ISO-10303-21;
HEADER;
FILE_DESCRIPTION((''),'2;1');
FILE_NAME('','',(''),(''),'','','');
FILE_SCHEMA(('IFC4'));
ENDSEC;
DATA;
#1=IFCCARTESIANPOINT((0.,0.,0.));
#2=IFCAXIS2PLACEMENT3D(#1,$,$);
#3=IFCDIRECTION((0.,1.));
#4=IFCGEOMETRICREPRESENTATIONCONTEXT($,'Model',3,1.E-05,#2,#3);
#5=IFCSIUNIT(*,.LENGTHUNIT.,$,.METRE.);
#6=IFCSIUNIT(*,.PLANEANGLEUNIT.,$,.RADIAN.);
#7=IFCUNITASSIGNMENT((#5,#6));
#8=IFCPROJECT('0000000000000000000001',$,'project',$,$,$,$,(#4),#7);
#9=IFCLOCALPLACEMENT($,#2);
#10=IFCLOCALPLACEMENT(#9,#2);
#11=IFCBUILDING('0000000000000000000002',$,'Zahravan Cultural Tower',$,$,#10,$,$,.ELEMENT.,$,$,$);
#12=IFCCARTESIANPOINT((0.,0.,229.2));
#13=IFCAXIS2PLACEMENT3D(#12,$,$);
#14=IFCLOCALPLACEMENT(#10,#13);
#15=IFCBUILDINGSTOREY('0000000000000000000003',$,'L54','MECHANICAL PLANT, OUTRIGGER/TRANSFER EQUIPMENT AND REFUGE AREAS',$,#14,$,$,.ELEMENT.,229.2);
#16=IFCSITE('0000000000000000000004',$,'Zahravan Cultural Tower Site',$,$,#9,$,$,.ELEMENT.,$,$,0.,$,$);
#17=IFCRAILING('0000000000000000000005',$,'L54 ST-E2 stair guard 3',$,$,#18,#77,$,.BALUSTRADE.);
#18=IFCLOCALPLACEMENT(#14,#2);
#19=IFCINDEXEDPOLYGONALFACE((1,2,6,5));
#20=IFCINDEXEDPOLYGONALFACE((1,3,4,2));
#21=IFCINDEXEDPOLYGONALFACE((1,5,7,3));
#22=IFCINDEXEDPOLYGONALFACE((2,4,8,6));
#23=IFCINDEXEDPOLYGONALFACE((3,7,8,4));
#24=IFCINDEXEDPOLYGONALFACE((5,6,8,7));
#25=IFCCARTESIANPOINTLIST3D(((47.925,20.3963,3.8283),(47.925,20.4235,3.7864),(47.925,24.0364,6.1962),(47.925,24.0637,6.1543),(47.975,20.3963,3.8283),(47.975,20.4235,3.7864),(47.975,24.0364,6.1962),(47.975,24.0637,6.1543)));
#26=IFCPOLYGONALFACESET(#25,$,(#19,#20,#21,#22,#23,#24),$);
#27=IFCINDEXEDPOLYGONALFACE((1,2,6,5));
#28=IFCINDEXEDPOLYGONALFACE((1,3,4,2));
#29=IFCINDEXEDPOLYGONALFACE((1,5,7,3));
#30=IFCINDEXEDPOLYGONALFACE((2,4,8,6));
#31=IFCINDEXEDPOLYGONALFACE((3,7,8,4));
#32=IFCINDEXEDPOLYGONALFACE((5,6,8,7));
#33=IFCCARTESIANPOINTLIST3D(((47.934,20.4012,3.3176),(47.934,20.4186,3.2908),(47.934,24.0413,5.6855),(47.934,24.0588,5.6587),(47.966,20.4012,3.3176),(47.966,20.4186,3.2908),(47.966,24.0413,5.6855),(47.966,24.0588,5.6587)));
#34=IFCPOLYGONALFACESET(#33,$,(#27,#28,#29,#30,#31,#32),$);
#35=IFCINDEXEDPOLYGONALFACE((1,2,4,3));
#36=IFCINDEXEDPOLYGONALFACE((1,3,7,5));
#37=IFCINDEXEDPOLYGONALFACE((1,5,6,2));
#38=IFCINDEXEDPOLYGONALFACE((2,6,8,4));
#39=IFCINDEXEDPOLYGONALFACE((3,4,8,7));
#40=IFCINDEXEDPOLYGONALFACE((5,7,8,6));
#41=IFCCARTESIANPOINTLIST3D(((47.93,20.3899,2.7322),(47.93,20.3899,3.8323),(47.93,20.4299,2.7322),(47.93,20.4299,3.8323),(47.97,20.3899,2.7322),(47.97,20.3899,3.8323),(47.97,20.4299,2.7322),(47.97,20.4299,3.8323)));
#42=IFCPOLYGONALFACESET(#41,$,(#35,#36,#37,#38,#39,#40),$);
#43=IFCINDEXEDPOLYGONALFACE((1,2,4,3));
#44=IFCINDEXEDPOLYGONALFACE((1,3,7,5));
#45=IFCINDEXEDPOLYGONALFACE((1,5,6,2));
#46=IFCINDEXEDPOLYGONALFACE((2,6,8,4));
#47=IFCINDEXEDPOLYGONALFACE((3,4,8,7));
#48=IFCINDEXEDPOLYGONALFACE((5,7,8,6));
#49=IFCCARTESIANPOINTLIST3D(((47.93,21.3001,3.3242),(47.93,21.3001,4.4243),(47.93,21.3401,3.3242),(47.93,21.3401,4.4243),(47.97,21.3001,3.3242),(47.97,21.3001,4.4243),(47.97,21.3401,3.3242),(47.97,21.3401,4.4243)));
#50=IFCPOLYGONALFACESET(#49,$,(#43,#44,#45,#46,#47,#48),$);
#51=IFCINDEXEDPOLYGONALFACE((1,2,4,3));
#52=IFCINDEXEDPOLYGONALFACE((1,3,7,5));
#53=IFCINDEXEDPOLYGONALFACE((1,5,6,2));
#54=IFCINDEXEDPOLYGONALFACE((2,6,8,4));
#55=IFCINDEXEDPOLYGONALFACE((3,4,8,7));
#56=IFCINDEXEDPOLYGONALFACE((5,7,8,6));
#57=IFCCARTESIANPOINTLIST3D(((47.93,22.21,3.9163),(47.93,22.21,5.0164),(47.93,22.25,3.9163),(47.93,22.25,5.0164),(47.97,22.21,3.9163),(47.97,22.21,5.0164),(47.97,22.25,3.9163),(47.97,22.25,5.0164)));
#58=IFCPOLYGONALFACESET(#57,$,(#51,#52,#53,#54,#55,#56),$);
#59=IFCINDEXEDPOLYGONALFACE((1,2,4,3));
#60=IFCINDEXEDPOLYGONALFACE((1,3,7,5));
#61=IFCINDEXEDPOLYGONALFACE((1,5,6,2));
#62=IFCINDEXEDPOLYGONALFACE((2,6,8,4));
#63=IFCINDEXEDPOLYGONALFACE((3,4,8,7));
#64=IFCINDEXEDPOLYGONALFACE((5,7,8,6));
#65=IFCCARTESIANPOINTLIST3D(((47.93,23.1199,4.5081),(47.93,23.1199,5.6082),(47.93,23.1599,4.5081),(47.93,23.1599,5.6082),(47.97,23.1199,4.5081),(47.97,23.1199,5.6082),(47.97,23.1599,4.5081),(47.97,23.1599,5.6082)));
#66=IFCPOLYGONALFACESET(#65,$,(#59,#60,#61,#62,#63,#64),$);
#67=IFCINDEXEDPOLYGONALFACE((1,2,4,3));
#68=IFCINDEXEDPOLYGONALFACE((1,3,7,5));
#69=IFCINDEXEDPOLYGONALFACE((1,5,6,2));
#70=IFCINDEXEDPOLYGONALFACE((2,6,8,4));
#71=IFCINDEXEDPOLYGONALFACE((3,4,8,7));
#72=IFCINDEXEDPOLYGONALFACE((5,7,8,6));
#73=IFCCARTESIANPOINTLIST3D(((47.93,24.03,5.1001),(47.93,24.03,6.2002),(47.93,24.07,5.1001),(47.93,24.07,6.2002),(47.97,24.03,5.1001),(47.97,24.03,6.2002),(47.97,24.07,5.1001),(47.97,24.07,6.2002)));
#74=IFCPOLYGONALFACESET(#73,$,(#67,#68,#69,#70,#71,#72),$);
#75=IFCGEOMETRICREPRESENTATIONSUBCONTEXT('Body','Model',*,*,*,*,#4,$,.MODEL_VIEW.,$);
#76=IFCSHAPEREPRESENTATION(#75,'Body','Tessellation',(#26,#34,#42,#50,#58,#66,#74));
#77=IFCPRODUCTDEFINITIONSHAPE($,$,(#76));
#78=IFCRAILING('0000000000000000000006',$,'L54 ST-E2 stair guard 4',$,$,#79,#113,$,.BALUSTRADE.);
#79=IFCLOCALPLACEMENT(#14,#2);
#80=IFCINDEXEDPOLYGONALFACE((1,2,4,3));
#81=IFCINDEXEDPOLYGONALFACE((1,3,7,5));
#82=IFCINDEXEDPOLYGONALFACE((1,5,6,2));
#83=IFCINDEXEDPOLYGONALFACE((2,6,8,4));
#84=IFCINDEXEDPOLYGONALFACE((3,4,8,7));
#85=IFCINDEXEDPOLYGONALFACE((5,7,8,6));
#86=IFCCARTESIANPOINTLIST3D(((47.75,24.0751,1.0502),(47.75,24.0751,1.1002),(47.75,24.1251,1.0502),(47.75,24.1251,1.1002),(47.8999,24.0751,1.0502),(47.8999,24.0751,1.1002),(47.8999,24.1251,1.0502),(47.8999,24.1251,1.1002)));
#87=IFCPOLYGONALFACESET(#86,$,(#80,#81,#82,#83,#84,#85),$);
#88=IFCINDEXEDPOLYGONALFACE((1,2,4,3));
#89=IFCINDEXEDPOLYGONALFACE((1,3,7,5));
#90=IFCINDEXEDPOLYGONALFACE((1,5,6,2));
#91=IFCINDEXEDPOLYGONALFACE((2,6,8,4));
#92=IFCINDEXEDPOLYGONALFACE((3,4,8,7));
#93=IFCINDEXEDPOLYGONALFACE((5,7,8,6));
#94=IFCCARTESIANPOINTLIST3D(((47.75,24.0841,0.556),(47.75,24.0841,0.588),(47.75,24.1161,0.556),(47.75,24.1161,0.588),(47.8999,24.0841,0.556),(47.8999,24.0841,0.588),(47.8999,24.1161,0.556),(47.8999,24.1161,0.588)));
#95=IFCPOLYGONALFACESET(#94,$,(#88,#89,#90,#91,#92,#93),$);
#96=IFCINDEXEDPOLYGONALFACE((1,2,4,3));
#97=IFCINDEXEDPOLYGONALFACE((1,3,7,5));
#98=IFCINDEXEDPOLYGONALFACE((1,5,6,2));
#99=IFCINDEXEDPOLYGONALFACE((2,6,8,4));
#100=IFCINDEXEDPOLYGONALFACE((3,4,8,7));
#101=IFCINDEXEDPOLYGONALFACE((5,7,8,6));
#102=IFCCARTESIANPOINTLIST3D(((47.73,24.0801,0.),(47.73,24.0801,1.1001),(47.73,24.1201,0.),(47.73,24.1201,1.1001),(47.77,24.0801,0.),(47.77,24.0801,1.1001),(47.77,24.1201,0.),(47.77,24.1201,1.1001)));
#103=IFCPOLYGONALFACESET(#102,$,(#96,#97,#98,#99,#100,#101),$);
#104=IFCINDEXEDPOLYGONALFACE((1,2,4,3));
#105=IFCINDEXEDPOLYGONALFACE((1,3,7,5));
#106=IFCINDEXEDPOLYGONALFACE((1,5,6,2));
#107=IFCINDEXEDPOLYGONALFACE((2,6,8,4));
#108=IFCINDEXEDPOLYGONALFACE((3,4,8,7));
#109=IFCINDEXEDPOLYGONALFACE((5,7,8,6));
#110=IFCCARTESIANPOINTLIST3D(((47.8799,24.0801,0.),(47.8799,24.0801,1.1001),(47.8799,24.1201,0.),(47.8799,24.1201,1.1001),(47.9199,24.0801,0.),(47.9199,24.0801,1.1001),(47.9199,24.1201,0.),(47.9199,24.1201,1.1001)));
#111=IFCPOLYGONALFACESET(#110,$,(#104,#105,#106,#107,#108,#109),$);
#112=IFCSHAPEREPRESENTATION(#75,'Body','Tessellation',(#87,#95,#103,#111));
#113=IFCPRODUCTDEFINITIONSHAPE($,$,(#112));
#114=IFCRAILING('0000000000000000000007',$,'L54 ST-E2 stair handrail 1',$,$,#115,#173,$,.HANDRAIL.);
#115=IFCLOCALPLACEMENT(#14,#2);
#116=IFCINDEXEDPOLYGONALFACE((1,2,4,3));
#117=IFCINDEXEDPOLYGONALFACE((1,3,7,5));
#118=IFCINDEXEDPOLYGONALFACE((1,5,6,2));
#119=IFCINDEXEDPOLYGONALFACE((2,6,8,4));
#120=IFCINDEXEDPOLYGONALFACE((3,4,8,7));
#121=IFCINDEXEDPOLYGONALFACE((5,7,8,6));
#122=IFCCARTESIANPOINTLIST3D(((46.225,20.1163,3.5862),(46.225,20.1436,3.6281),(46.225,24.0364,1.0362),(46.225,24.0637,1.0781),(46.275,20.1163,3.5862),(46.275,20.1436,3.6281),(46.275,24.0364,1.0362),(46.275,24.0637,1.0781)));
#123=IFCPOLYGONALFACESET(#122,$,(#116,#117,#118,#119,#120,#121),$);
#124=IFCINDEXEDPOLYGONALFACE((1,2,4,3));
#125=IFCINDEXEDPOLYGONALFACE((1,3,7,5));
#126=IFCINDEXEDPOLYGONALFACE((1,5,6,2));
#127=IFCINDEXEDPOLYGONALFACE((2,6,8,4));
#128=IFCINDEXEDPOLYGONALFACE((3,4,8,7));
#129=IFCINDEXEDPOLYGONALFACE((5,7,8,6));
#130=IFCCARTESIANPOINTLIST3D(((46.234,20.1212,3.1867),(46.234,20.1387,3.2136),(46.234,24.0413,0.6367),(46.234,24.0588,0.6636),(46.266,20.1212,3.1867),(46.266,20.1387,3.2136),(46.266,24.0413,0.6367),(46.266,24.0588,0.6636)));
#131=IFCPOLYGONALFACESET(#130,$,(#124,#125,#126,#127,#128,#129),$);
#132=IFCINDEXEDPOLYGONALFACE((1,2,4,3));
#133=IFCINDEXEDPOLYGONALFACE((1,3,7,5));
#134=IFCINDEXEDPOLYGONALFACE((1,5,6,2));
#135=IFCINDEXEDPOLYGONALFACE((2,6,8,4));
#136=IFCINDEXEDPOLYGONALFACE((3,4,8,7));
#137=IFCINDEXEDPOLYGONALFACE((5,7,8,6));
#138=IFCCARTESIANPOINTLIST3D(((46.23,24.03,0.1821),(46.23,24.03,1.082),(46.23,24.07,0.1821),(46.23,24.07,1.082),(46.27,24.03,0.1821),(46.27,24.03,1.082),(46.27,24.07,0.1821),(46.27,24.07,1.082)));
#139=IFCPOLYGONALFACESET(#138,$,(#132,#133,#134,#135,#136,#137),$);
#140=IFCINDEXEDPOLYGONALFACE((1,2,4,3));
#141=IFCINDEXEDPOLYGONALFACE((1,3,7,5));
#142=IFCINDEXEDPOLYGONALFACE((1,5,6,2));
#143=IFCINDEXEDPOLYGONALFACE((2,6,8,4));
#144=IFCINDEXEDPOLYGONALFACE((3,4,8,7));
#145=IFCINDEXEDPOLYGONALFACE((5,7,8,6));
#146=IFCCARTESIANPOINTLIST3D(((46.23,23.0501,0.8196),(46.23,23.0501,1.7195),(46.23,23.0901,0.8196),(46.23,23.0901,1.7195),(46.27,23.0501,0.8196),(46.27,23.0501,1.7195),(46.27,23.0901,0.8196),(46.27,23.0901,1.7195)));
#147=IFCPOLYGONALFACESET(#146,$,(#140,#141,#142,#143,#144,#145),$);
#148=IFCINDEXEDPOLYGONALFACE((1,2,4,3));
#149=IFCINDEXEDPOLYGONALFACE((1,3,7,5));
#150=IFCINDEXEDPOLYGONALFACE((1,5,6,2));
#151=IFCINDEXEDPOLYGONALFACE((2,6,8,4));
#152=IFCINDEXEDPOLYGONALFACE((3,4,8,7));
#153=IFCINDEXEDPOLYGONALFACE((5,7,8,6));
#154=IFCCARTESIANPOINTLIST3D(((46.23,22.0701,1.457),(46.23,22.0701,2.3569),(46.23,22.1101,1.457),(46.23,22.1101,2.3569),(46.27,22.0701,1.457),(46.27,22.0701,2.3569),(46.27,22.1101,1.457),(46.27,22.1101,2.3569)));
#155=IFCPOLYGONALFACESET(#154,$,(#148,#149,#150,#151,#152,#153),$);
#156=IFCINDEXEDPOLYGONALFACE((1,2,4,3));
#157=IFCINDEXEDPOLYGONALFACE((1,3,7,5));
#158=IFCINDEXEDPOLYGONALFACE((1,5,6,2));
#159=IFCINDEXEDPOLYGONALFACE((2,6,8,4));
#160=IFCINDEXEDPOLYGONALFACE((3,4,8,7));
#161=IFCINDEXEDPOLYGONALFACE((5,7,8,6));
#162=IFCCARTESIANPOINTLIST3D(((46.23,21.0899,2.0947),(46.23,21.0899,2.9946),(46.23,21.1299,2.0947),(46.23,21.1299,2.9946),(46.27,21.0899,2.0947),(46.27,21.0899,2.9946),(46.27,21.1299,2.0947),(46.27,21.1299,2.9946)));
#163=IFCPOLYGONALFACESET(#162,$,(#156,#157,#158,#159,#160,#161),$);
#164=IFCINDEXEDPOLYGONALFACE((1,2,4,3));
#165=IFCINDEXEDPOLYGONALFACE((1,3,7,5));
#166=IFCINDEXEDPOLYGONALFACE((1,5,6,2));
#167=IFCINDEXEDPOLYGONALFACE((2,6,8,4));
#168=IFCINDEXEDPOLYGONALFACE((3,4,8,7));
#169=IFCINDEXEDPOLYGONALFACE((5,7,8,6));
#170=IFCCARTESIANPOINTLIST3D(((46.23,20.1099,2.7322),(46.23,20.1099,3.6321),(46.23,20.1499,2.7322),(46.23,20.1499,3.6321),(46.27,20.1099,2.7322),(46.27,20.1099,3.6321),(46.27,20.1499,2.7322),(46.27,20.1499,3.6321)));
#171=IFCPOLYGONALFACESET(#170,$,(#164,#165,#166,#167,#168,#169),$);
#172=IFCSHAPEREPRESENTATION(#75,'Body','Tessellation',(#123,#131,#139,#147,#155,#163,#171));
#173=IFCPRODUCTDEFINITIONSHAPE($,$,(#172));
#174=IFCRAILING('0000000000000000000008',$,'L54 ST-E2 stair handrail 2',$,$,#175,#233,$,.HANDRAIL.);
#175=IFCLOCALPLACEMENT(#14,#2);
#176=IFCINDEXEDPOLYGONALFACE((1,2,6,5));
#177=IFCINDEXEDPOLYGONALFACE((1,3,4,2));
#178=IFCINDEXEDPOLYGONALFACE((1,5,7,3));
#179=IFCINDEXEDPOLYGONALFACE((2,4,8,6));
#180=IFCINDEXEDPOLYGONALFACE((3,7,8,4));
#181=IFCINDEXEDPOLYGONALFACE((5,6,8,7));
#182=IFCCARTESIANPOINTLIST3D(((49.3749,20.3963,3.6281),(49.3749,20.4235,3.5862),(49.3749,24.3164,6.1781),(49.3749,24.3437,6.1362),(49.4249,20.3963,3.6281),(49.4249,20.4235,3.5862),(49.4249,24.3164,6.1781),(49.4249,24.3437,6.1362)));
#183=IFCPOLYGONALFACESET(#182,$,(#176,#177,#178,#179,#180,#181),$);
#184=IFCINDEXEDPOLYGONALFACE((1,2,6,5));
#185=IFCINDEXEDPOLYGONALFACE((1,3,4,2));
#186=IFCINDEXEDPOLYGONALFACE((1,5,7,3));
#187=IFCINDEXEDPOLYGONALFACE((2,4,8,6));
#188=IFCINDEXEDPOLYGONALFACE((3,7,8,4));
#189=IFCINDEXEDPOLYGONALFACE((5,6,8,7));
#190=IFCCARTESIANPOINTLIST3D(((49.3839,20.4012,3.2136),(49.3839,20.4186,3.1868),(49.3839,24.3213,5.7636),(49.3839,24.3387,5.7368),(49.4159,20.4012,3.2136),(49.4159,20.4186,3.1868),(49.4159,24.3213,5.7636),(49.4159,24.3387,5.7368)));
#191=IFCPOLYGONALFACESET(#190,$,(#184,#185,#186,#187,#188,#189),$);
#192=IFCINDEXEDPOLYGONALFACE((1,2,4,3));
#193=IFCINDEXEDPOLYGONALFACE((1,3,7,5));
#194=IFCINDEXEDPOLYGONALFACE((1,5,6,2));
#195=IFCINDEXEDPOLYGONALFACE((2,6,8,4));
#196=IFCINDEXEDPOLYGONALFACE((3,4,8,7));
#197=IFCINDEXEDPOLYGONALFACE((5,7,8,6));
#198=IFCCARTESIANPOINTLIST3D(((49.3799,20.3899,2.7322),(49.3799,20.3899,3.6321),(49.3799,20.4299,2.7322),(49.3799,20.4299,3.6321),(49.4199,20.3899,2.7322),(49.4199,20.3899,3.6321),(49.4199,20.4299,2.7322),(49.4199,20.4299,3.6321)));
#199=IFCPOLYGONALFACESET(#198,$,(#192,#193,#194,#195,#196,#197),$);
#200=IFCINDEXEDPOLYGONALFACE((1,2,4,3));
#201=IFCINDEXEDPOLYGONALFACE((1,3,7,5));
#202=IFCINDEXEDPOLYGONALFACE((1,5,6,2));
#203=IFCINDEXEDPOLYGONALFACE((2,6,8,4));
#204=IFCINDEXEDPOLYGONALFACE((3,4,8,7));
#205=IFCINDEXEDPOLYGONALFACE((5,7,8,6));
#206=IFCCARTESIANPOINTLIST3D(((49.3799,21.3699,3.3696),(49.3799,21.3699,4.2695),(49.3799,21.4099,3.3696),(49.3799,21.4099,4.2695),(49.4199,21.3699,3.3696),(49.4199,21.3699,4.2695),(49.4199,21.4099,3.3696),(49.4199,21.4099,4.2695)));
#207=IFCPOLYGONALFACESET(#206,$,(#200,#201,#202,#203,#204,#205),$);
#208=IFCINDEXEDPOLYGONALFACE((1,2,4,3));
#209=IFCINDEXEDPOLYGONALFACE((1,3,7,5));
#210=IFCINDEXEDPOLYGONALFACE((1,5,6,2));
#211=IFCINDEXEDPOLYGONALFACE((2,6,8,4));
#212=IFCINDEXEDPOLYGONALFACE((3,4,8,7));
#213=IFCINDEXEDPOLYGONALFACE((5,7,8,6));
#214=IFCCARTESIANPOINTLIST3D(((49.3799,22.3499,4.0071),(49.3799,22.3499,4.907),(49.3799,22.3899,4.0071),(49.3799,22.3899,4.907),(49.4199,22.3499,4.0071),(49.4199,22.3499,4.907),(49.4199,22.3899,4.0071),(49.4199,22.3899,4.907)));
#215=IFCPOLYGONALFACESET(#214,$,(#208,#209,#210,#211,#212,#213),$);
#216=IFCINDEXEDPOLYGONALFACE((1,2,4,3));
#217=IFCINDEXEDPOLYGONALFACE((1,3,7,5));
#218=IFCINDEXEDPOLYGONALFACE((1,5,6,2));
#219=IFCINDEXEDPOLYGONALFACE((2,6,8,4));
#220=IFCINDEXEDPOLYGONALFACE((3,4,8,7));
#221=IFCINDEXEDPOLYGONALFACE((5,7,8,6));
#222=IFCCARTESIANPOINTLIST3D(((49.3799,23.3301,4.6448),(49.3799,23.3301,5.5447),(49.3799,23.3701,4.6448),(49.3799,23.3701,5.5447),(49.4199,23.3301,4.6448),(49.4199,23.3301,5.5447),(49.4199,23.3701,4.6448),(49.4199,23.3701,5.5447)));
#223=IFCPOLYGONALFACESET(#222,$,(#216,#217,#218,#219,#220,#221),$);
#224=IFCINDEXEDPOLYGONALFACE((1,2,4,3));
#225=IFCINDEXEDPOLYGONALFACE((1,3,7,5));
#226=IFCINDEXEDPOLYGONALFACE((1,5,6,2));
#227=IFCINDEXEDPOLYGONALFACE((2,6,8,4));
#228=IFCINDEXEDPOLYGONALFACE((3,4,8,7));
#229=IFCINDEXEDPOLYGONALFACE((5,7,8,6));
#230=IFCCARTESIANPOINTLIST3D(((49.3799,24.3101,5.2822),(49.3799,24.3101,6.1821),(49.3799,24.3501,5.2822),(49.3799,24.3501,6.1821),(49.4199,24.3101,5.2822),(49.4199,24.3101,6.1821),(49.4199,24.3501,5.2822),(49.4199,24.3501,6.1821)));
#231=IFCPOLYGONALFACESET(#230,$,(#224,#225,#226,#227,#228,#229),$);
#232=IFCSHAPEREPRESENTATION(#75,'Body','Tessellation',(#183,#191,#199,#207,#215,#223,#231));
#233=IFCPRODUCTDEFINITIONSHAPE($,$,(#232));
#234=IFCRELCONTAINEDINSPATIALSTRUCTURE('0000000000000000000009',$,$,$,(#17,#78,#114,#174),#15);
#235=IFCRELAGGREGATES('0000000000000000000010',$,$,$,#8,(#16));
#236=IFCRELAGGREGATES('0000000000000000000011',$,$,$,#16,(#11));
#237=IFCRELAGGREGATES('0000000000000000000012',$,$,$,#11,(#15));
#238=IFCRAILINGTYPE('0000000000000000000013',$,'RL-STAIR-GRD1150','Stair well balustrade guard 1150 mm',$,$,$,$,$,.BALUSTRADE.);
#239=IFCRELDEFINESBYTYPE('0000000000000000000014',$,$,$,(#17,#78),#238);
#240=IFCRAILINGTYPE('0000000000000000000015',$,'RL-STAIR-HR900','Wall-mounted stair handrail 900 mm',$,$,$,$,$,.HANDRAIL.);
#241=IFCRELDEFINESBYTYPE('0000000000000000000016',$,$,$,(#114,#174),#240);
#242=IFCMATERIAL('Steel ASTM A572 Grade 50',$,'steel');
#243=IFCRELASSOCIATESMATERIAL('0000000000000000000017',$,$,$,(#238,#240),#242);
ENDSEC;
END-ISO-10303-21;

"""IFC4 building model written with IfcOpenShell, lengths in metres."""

from ifc_helpers import new_model, si_unit, direction, frame, origin, origin_2d, place, context, subcontext, project, spatial, rectangle, extrude, material, type_object, element, save


model = new_model("IFC4")

# Units and contexts
model_context = context("Model", 3, precision=1e-05, world=origin(), true_north=direction((0.0, 1.0)))
body_context = subcontext(model_context, "Body", "Model", "MODEL_VIEW")
ifc_project = project(units=[si_unit("LENGTHUNIT", "METRE"), si_unit("PLANEANGLEUNIT", "RADIAN")], contexts=[model_context])

# Site, building, storey
site_placement = place(None, origin())
site = spatial("IfcSite", under=ifc_project, at=site_placement, Name="Zahravan Cultural Tower Site", CompositionType="ELEMENT", RefElevation=0.0)
building_placement = place(site_placement, origin())
building = spatial("IfcBuilding", under=site, at=building_placement, Name="Zahravan Cultural Tower", CompositionType="ELEMENT")
storey_placement = place(building_placement, frame((0.0, 0.0, 229.2)))
storey = spatial("IfcBuildingStorey", under=building, at=storey_placement, Name="L54", Description="MECHANICAL PLANT, OUTRIGGER/TRANSFER EQUIPMENT AND REFUGE AREAS", CompositionType="ELEMENT", Elevation=229.2)

# Shared definitions
ifc_material_1 = material(Name="Steel ASTM A572 Grade 50", Category="steel")

# Railings
railing_type_1 = type_object("IfcRailingType", Name="RL-STAIR-GRD1150", Description="Stair well balustrade guard 1150 mm", PredefinedType="BALUSTRADE", material=ifc_material_1)
railing_1_placement = place(storey_placement, frame((47.95, 20.4099, 2.7322)))
element("IfcRailing", 1, at=railing_1_placement, inside=storey, type_object=railing_type_1, Name="L54 ST-E2 stair guard 3", PredefinedType="BALUSTRADE", context=body_context, shape_type="SweptSolid", body=[
    extrude(rectangle(XDim=0.05, YDim=0.05, at=origin_2d()), frame((0.0, 0.0, 1.0752), z_axis=(0.0, 0.838251, 0.545285), x_axis=(-1.0, 0.0, 0.0)), (0.0, 0.0, 1.0), 4.3425),
    extrude(rectangle(XDim=0.032, YDim=0.032, at=origin_2d()), frame((0.0, 0.0, 0.572), z_axis=(0.0, 0.838251, 0.545285), x_axis=(-1.0, 0.0, 0.0)), (0.0, 0.0, 1.0), 4.3425),
    extrude(rectangle(XDim=0.04, YDim=0.04, at=origin_2d()), origin(), (0.0, 0.0, 1.0), 1.1001),
    extrude(rectangle(XDim=0.04, YDim=0.04, at=origin_2d()), frame((0.0, 0.9102, 0.592)), (0.0, 0.0, 1.0), 1.1001),
    extrude(rectangle(XDim=0.04, YDim=0.04, at=origin_2d()), frame((0.0, 1.8201, 1.1841)), (0.0, 0.0, 1.0), 1.1001),
    extrude(rectangle(XDim=0.04, YDim=0.04, at=origin_2d()), frame((0.0, 2.73, 1.7759)), (0.0, 0.0, 1.0), 1.1001),
    extrude(rectangle(XDim=0.04, YDim=0.04, at=origin_2d()), frame((0.0, 3.6401, 2.3679)), (0.0, 0.0, 1.0), 1.1001),
])
railing_2_placement = place(storey_placement, frame((47.75, 24.1001, 0.0)))
element("IfcRailing", 2, at=railing_2_placement, inside=storey, type_object=railing_type_1, Name="L54 ST-E2 stair guard 4", PredefinedType="BALUSTRADE", context=body_context, shape_type="SweptSolid", body=[
    extrude(rectangle(XDim=0.05, YDim=0.05, at=origin_2d()), frame((0.0, 0.0, 1.0752), z_axis=(1.0, 0.0, 0.0), x_axis=(0.0, 1.0, 0.0)), (0.0, 0.0, 1.0), 0.1499),
    extrude(rectangle(XDim=0.032, YDim=0.032, at=origin_2d()), frame((0.0, 0.0, 0.572), z_axis=(1.0, 0.0, 0.0), x_axis=(0.0, 1.0, 0.0)), (0.0, 0.0, 1.0), 0.1499),
    extrude(rectangle(XDim=0.04, YDim=0.04, at=origin_2d()), origin(), (0.0, 0.0, 1.0), 1.1001),
    extrude(rectangle(XDim=0.04, YDim=0.04, at=origin_2d()), frame((0.1499, 0.0, 0.0)), (0.0, 0.0, 1.0), 1.1001),
])
railing_type_2 = type_object("IfcRailingType", Name="RL-STAIR-HR900", Description="Wall-mounted stair handrail 900 mm", PredefinedType="HANDRAIL", material=ifc_material_1)
railing_3_placement = place(storey_placement, frame((46.25, 24.05, 0.1821)))
element("IfcRailing", 3, at=railing_3_placement, inside=storey, type_object=railing_type_2, Name="L54 ST-E2 stair handrail 1", PredefinedType="HANDRAIL", context=body_context, shape_type="SweptSolid", body=[
    extrude(rectangle(XDim=0.05, YDim=0.05, at=origin_2d()), frame((0.0, 0.0, 0.875), z_axis=(0.0, -0.838254, 0.54528), x_axis=(1.0, 0.0, 0.0)), (0.0, 0.0, 1.0), 4.6765),
    extrude(rectangle(XDim=0.032, YDim=0.032, at=origin_2d()), frame((0.0, 0.0, 0.468), z_axis=(0.0, -0.838254, 0.54528), x_axis=(1.0, 0.0, 0.0)), (0.0, 0.0, 1.0), 4.6765),
    extrude(rectangle(XDim=0.04, YDim=0.04, at=origin_2d()), origin(), (0.0, 0.0, 1.0), 0.8999),
    extrude(rectangle(XDim=0.04, YDim=0.04, at=origin_2d()), frame((0.0, -0.98, 0.6375)), (0.0, 0.0, 1.0), 0.8999),
    extrude(rectangle(XDim=0.04, YDim=0.04, at=origin_2d()), frame((0.0, -1.96, 1.2749)), (0.0, 0.0, 1.0), 0.8999),
    extrude(rectangle(XDim=0.04, YDim=0.04, at=origin_2d()), frame((0.0, -2.9402, 1.9126)), (0.0, 0.0, 1.0), 0.8999),
    extrude(rectangle(XDim=0.04, YDim=0.04, at=origin_2d()), frame((0.0, -3.9202, 2.55)), (0.0, 0.0, 1.0), 0.8999),
])
railing_4_placement = place(storey_placement, frame((49.3999, 20.4099, 2.7322)))
element("IfcRailing", 4, at=railing_4_placement, inside=storey, type_object=railing_type_2, Name="L54 ST-E2 stair handrail 2", PredefinedType="HANDRAIL", context=body_context, shape_type="SweptSolid", body=[
    extrude(rectangle(XDim=0.05, YDim=0.05, at=origin_2d()), frame((0.0, 0.0, 0.875), z_axis=(0.0, 0.838254, 0.54528), x_axis=(-1.0, 0.0, 0.0)), (0.0, 0.0, 1.0), 4.6765),
    extrude(rectangle(XDim=0.032, YDim=0.032, at=origin_2d()), frame((0.0, 0.0, 0.468), z_axis=(0.0, 0.838254, 0.54528), x_axis=(-1.0, 0.0, 0.0)), (0.0, 0.0, 1.0), 4.6765),
    extrude(rectangle(XDim=0.04, YDim=0.04, at=origin_2d()), origin(), (0.0, 0.0, 1.0), 0.8999),
    extrude(rectangle(XDim=0.04, YDim=0.04, at=origin_2d()), frame((0.0, 0.98, 0.6375)), (0.0, 0.0, 1.0), 0.8999),
    extrude(rectangle(XDim=0.04, YDim=0.04, at=origin_2d()), frame((0.0, 1.96, 1.2749)), (0.0, 0.0, 1.0), 0.8999),
    extrude(rectangle(XDim=0.04, YDim=0.04, at=origin_2d()), frame((0.0, 2.9402, 1.9126)), (0.0, 0.0, 1.0), 0.8999),
    extrude(rectangle(XDim=0.04, YDim=0.04, at=origin_2d()), frame((0.0, 3.9202, 2.55)), (0.0, 0.0, 1.0), 0.8999),
])

save(model, "model.ifc")
